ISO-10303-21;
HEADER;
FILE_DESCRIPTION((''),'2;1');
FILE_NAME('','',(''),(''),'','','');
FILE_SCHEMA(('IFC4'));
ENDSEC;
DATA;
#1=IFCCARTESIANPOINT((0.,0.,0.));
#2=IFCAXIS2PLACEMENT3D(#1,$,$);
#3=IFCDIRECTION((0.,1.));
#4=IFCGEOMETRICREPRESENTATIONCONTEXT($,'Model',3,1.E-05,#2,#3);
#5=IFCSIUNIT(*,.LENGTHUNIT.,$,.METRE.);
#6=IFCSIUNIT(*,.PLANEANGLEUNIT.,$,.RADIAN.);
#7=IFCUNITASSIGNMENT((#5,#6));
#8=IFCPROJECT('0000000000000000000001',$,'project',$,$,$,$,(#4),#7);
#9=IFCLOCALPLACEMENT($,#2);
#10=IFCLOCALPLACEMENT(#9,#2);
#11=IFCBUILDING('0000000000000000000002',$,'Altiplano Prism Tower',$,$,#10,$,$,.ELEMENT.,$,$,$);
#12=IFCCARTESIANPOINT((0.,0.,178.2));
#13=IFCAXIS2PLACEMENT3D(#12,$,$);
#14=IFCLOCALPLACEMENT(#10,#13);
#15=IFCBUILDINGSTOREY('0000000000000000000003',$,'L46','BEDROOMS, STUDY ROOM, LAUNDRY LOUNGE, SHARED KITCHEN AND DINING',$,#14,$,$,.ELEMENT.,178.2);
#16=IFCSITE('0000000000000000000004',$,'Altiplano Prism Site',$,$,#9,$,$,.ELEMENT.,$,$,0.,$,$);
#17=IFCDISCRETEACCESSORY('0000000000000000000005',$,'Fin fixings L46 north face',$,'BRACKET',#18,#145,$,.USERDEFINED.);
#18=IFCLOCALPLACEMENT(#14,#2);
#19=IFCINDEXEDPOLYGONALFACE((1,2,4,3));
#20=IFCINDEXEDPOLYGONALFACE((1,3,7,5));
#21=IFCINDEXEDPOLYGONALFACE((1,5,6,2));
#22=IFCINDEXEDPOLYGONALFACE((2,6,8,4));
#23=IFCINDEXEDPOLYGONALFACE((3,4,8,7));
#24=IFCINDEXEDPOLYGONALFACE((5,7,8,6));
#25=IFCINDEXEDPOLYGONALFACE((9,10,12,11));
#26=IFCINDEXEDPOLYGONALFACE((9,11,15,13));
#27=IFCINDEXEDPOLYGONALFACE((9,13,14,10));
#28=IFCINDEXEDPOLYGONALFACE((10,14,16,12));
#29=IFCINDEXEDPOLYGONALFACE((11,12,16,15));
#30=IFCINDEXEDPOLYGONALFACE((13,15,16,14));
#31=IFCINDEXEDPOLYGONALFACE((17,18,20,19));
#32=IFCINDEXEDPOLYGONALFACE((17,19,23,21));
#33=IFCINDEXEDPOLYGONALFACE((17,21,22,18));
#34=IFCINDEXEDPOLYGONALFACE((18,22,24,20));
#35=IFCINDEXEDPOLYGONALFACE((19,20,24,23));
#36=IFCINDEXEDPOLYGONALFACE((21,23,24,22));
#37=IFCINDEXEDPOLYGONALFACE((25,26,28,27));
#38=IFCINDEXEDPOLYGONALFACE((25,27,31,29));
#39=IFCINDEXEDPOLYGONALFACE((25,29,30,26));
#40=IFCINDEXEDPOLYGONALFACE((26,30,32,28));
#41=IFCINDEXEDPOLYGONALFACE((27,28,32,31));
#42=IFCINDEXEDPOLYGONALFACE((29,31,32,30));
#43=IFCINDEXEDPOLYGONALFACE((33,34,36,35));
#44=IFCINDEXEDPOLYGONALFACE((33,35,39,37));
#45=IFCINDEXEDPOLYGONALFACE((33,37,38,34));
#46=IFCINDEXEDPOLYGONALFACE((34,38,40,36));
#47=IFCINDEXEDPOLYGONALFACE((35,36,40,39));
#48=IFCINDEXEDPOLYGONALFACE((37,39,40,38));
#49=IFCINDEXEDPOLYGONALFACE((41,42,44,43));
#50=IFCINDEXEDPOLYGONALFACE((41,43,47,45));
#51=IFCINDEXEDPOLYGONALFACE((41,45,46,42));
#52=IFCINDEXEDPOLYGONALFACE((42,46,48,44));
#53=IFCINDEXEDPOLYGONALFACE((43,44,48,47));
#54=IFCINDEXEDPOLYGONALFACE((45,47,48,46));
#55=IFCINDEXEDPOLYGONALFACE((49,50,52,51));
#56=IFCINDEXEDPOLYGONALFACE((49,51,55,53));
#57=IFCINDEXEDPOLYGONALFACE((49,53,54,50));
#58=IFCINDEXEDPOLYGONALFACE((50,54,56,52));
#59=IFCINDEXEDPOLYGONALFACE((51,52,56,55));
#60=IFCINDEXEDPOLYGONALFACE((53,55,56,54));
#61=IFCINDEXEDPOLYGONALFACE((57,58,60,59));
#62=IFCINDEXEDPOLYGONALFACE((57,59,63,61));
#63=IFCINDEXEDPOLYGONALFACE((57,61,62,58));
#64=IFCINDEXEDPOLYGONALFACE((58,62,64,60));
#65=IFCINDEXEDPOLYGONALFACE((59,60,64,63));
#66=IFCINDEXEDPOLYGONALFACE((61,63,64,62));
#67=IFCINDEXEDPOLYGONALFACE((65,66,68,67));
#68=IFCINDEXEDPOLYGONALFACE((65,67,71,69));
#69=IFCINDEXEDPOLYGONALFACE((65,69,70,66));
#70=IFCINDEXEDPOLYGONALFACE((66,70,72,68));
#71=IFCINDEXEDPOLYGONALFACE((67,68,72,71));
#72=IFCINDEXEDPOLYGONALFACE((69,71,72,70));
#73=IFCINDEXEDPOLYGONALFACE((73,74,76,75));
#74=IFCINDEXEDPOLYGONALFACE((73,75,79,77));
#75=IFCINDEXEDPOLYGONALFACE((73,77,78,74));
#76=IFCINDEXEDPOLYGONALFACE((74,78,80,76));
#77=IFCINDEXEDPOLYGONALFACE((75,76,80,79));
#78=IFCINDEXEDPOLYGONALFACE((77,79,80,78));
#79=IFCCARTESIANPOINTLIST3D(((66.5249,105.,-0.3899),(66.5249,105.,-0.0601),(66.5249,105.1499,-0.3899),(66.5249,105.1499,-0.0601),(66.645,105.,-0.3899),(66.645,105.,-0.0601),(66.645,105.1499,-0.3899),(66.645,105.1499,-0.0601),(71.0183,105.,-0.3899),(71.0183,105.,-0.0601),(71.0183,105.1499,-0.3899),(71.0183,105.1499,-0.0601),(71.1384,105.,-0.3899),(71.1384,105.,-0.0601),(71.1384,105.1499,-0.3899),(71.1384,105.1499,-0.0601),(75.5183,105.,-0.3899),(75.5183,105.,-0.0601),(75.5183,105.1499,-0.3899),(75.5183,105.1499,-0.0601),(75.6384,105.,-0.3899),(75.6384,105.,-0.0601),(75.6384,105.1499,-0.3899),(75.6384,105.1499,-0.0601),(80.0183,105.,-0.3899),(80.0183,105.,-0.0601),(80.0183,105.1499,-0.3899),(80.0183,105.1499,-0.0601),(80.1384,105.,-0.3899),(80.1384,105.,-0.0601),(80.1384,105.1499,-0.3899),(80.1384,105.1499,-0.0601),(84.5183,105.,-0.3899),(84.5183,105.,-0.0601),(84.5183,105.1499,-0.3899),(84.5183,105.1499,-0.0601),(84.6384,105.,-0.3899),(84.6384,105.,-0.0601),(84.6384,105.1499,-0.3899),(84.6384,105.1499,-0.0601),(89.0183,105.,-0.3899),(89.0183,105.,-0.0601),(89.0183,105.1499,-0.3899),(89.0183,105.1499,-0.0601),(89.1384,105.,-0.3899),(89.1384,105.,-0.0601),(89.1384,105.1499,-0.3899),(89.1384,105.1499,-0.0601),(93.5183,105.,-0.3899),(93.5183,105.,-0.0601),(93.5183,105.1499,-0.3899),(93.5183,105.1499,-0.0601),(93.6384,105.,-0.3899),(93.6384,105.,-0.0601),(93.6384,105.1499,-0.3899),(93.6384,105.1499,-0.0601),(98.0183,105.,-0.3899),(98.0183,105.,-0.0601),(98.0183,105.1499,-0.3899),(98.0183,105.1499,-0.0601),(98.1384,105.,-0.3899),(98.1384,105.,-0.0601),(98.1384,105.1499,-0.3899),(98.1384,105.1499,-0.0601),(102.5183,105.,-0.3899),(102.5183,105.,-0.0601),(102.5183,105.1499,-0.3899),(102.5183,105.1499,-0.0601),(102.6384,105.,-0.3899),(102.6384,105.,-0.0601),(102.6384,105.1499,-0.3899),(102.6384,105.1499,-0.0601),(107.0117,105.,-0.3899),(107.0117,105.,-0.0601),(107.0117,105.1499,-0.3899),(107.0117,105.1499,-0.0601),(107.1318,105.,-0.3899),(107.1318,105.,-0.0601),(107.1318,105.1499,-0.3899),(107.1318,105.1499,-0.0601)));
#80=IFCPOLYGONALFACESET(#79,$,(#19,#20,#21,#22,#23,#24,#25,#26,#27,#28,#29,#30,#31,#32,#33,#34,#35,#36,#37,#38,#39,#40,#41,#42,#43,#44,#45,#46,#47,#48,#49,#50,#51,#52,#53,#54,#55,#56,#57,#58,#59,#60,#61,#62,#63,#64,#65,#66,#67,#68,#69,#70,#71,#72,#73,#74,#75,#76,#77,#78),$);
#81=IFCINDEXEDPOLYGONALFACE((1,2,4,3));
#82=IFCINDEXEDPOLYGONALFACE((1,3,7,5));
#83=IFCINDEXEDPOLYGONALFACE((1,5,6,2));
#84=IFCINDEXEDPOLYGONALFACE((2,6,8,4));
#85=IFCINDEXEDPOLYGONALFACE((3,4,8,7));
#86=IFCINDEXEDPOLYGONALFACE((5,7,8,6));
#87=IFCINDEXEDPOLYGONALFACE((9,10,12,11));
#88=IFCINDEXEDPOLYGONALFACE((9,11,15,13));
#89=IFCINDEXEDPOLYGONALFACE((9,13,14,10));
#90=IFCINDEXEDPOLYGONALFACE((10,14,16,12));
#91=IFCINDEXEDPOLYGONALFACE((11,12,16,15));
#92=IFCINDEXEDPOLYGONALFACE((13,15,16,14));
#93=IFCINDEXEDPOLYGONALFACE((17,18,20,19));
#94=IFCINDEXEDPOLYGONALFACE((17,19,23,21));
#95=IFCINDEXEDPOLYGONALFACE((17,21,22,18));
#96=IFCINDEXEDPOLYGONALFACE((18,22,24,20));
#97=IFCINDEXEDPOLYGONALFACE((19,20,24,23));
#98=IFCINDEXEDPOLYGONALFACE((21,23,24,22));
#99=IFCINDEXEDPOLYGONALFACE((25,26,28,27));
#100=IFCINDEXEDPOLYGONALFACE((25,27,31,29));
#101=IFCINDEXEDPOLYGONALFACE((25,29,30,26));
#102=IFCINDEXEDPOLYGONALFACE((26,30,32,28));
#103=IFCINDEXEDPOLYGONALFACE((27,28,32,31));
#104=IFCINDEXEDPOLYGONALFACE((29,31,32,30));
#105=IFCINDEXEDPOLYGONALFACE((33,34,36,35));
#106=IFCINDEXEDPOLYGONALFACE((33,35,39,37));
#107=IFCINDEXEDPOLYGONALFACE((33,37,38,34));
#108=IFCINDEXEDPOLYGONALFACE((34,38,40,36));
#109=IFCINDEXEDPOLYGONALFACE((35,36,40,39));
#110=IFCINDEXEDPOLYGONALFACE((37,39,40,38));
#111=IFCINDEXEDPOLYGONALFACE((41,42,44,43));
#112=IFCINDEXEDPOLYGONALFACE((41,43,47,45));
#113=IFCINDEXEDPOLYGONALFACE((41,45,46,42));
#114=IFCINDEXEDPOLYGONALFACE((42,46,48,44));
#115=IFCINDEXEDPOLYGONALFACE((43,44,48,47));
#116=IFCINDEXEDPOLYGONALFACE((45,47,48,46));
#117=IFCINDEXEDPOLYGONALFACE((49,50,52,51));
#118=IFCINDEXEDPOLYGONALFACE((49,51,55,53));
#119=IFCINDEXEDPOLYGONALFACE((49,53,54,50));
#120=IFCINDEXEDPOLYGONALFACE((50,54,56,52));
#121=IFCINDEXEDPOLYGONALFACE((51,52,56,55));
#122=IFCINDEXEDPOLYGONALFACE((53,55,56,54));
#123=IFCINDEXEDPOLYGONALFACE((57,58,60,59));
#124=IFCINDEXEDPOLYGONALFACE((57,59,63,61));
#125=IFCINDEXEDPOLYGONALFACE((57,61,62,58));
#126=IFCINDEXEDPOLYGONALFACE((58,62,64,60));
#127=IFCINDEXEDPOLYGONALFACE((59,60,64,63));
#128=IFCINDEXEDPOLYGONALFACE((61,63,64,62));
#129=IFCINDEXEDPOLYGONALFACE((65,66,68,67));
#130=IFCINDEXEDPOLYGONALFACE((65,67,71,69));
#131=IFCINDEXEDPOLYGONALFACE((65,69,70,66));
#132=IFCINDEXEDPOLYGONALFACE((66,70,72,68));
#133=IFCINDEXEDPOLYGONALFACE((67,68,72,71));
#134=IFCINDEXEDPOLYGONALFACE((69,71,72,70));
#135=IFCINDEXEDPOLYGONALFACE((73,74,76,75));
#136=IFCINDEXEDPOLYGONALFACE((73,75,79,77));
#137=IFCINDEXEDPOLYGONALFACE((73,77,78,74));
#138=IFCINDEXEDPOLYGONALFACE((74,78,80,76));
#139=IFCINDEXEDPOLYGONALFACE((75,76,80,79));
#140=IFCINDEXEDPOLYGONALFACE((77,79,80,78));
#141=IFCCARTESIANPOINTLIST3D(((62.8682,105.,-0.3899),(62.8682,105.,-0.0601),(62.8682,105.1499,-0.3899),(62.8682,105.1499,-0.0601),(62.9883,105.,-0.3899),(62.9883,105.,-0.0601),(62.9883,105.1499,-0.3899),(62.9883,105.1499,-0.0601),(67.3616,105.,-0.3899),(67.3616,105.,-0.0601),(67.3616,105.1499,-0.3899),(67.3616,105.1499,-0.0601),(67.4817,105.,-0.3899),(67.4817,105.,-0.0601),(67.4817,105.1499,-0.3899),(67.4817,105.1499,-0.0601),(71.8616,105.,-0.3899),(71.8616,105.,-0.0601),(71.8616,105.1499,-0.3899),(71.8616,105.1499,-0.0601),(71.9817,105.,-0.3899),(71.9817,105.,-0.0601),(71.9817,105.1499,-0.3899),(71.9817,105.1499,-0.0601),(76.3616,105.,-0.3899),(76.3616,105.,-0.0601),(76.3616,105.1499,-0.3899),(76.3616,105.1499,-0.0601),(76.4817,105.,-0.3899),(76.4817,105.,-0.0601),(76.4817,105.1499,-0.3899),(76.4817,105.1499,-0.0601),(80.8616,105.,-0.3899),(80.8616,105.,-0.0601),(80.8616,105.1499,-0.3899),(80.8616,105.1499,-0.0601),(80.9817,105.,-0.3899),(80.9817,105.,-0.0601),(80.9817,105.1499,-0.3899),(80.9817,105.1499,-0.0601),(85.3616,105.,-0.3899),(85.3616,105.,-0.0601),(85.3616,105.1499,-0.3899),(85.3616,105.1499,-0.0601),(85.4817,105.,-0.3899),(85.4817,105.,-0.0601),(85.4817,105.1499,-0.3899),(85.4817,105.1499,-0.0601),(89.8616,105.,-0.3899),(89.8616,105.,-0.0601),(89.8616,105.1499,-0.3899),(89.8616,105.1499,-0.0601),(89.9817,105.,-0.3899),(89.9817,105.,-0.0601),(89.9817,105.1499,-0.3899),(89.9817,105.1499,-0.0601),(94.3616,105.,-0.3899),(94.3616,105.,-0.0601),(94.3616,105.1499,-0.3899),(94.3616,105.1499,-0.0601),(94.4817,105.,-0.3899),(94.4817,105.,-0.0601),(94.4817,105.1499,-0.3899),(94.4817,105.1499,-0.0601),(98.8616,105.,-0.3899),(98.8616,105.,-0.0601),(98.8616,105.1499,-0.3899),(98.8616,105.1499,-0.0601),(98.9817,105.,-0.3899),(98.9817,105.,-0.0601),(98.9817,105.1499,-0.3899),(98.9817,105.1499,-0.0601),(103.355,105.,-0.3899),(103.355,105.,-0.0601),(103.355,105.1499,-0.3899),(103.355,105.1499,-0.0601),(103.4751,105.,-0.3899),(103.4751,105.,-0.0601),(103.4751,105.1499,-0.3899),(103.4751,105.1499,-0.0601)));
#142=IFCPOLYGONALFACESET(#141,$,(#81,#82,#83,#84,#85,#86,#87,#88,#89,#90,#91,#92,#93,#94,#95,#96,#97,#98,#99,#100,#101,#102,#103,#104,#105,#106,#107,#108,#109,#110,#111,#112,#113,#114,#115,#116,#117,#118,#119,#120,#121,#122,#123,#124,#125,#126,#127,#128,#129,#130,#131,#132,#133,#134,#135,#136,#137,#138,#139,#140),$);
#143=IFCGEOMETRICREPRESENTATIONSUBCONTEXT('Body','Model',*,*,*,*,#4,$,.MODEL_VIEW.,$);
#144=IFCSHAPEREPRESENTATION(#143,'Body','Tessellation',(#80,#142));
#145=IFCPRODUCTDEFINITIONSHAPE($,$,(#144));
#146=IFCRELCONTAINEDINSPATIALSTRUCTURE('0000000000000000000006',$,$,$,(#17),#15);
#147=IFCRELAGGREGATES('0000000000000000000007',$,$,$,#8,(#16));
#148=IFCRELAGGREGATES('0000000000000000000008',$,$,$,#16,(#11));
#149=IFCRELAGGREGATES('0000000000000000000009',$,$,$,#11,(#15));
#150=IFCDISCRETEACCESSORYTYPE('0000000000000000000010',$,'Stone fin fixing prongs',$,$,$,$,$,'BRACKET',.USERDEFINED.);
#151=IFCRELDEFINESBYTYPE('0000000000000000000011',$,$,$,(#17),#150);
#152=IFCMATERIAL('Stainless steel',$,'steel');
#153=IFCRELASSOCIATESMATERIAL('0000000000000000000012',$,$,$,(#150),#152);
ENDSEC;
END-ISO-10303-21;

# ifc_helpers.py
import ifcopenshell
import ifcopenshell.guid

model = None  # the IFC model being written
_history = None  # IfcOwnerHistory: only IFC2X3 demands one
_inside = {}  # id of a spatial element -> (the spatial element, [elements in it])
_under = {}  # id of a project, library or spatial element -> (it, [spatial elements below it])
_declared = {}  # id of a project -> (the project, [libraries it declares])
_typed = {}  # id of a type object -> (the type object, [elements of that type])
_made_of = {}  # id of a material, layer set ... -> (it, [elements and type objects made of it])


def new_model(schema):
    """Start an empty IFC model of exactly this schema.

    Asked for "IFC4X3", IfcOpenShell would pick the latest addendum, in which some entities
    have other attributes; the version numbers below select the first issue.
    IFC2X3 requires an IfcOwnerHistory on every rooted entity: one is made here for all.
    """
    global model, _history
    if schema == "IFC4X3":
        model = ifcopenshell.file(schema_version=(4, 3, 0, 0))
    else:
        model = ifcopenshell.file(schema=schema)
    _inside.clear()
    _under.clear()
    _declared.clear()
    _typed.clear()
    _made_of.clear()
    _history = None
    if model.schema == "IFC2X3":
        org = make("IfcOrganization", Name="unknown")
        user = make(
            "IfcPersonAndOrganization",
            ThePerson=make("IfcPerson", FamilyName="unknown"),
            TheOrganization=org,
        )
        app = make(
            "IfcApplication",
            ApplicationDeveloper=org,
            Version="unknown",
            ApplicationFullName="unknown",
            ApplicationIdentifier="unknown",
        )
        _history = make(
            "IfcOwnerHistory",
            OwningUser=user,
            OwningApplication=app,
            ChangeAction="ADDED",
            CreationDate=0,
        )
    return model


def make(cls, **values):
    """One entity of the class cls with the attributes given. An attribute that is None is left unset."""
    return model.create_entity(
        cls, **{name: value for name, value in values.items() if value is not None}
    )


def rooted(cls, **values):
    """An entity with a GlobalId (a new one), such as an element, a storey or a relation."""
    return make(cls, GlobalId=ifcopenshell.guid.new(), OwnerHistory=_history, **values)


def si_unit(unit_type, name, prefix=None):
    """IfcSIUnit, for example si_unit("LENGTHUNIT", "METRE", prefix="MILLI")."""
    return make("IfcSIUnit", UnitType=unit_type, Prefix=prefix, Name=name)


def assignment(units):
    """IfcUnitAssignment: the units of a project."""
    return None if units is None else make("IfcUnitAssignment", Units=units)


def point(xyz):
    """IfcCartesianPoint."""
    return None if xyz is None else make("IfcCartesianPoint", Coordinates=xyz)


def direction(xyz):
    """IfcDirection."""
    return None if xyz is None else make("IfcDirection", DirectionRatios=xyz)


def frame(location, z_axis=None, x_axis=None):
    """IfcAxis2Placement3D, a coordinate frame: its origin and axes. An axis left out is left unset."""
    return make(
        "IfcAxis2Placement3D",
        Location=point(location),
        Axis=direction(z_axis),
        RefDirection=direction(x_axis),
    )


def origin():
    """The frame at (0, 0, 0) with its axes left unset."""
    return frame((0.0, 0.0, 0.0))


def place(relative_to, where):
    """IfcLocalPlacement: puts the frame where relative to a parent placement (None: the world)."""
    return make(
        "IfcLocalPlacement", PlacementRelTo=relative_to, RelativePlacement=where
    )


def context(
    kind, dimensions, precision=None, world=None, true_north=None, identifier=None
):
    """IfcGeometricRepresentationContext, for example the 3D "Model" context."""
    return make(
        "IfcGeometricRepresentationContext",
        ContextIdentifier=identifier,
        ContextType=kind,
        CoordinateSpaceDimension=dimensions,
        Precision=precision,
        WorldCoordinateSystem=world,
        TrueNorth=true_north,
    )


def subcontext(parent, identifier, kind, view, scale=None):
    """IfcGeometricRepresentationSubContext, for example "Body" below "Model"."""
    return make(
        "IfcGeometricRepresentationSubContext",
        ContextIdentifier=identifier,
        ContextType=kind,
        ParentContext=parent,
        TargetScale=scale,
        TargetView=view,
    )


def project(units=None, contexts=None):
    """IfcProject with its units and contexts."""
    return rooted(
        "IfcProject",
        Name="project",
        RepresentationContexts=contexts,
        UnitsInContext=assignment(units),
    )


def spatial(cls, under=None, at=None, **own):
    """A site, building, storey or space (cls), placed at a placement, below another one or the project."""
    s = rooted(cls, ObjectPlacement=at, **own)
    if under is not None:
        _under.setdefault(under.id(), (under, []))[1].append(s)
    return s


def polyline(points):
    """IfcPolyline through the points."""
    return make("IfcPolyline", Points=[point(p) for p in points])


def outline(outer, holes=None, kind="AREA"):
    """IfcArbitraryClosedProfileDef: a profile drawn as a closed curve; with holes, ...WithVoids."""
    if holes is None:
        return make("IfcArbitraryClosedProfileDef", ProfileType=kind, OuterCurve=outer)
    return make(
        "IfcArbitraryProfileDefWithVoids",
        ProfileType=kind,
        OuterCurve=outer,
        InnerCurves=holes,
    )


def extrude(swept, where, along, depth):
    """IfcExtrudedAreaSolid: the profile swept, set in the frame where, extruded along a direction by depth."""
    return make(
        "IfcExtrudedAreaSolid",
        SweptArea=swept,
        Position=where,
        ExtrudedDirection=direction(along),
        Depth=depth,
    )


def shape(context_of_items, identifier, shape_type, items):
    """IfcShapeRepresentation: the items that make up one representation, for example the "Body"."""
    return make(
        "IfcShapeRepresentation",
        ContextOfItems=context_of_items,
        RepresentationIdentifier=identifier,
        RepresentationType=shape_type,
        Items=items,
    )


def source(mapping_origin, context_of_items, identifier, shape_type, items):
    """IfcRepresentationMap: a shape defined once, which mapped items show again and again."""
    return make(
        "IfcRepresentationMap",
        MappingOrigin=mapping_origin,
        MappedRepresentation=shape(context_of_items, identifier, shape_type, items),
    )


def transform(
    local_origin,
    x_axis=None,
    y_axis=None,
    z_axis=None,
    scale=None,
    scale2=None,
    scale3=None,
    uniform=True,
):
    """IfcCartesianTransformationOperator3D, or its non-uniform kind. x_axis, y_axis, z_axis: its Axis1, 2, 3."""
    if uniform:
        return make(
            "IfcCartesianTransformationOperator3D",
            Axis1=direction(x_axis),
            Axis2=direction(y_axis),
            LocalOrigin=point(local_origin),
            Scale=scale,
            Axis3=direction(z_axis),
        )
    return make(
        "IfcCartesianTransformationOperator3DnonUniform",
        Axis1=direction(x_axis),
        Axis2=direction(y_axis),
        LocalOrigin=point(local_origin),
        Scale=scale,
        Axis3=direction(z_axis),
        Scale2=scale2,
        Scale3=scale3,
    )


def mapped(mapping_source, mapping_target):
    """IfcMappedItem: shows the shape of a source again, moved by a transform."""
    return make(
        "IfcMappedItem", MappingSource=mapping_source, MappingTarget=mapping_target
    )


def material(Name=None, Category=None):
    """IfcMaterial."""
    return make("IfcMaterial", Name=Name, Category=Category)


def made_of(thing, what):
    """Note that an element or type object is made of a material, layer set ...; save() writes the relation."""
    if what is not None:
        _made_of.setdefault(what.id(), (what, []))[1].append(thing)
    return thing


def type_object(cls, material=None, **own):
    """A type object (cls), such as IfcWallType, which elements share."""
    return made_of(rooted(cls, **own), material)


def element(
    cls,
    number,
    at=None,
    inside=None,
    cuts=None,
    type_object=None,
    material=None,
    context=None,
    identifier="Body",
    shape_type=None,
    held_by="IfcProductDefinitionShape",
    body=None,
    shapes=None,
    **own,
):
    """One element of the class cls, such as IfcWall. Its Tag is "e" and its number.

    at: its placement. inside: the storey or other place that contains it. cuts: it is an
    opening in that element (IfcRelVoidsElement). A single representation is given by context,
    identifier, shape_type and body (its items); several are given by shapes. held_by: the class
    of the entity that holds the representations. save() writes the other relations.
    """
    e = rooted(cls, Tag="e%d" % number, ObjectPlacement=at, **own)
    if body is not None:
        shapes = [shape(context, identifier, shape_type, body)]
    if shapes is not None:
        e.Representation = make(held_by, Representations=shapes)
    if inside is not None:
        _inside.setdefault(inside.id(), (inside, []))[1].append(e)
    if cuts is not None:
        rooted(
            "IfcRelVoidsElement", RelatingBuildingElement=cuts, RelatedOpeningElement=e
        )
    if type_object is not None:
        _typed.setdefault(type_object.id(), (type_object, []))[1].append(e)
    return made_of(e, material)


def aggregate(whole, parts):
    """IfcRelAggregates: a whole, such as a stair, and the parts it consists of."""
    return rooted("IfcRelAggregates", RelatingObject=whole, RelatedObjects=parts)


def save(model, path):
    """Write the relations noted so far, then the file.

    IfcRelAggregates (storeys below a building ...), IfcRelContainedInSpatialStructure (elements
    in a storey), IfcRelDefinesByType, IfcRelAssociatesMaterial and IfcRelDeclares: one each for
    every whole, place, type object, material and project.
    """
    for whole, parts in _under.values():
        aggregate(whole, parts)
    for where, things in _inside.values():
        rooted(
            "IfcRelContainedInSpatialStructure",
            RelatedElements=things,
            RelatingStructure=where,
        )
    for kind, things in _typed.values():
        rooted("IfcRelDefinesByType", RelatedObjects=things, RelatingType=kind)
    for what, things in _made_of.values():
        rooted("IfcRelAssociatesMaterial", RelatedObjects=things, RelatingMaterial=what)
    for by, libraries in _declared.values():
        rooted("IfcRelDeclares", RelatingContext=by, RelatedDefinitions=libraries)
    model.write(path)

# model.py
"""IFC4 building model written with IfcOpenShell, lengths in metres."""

from ifc_helpers import new_model, si_unit, direction, frame, origin, place, context, subcontext, project, spatial, polyline, outline, extrude, source, transform, mapped, material, type_object, element, save


model = new_model("IFC4")

# Units and contexts
model_context = context("Model", 3, precision=1e-05, world=origin(), true_north=direction((0.0, 1.0)))
body_context = subcontext(model_context, "Body", "Model", "MODEL_VIEW")
ifc_project = project(units=[si_unit("LENGTHUNIT", "METRE"), si_unit("PLANEANGLEUNIT", "RADIAN")], contexts=[model_context])

# Site, building, storey
site_placement = place(None, origin())
site = spatial("IfcSite", under=ifc_project, at=site_placement, Name="Altiplano Prism Site", CompositionType="ELEMENT", RefElevation=0.0)
building_placement = place(site_placement, origin())
building = spatial("IfcBuilding", under=site, at=building_placement, Name="Altiplano Prism Tower", CompositionType="ELEMENT")
storey_placement = place(building_placement, frame((0.0, 0.0, 178.2)))
storey = spatial("IfcBuildingStorey", under=building, at=storey_placement, Name="L46", Description="BEDROOMS, STUDY ROOM, LAUNDRY LOUNGE, SHARED KITCHEN AND DINING", CompositionType="ELEMENT", Elevation=178.2)

# Discrete accessory
ifc_material_1 = material(Name="Stainless steel", Category="steel")
discrete_accessory_type = type_object("IfcDiscreteAccessoryType", Name="Stone fin fixing prongs", ElementType="BRACKET", PredefinedType="USERDEFINED", material=ifc_material_1)
shared_shape_1 = source(origin(), body_context, "Body", "SweptSolid", [
    extrude(outline(polyline([(-1.8884, 0.0601), (-1.7683, 0.0601), (-1.7683, 0.3899), (-1.8884, 0.3899), (-1.8884, 0.0601)])), frame((0.0, 0.0, 0.0), z_axis=(0.0, -1.0, 0.0), x_axis=(1.0, 0.0, 0.0)), (0.0, 0.0, 1.0), 0.1499),
    extrude(outline(polyline([(1.7683, 0.0601), (1.8884, 0.0601), (1.8884, 0.3899), (1.7683, 0.3899), (1.7683, 0.0601)])), frame((0.0, 0.0, 0.0), z_axis=(0.0, -1.0, 0.0), x_axis=(1.0, 0.0, 0.0)), (0.0, 0.0, 1.0), 0.1499),
])
shared_shape_2 = source(origin(), body_context, "Body", "SweptSolid", [
    extrude(outline(polyline([(-1.8884, 0.0601), (-1.7683, 0.0601), (-1.7683, 0.3899), (-1.8884, 0.3899), (-1.8884, 0.0601)])), frame((0.0, 0.0, 0.0), z_axis=(0.0, -1.0, 0.0), x_axis=(1.0, 0.0, 0.0)), (0.0, 0.0, 1.0), 0.1499),
    extrude(outline(polyline([(1.7683, 0.0601), (1.8884, 0.0601), (1.8884, 0.3899), (1.7683, 0.3899), (1.7683, 0.0601)])), frame((0.0, 0.0, 0.0), z_axis=(0.0, -1.0, 0.0), x_axis=(1.0, 0.0, 0.0)), (0.0, 0.0, 1.0), 0.1499),
])
discrete_accessory_1_placement = place(storey_placement, origin())
element("IfcDiscreteAccessory", 1, at=discrete_accessory_1_placement, inside=storey, type_object=discrete_accessory_type, Name="Fin fixings L46 north face", ObjectType="BRACKET", PredefinedType="USERDEFINED", context=body_context, shape_type="MappedRepresentation", body=[
    mapped(shared_shape_1, transform((105.2434, 105.0, -0.45), x_axis=(-1.0, 0.0, 0.0), y_axis=(0.0, -1.0, 0.0), z_axis=(0.0, 0.0, 1.0))),
    mapped(shared_shape_2, transform((100.75, 105.0, -0.45), x_axis=(-1.0, 0.0, 0.0), y_axis=(0.0, -1.0, 0.0), z_axis=(0.0, 0.0, 1.0))),
    mapped(shared_shape_2, transform((96.25, 105.0, -0.45), x_axis=(-1.0, 0.0, 0.0), y_axis=(0.0, -1.0, 0.0), z_axis=(0.0, 0.0, 1.0))),
    mapped(shared_shape_2, transform((91.75, 105.0, -0.45), x_axis=(-1.0, 0.0, 0.0), y_axis=(0.0, -1.0, 0.0), z_axis=(0.0, 0.0, 1.0))),
    mapped(shared_shape_2, transform((87.25, 105.0, -0.45), x_axis=(-1.0, 0.0, 0.0), y_axis=(0.0, -1.0, 0.0), z_axis=(0.0, 0.0, 1.0))),
    mapped(shared_shape_2, transform((82.75, 105.0, -0.45), x_axis=(-1.0, 0.0, 0.0), y_axis=(0.0, -1.0, 0.0), z_axis=(0.0, 0.0, 1.0))),
    mapped(shared_shape_2, transform((78.25, 105.0, -0.45), x_axis=(-1.0, 0.0, 0.0), y_axis=(0.0, -1.0, 0.0), z_axis=(0.0, 0.0, 1.0))),
    mapped(shared_shape_2, transform((73.75, 105.0, -0.45), x_axis=(-1.0, 0.0, 0.0), y_axis=(0.0, -1.0, 0.0), z_axis=(0.0, 0.0, 1.0))),
    mapped(shared_shape_2, transform((69.25, 105.0, -0.45), x_axis=(-1.0, 0.0, 0.0), y_axis=(0.0, -1.0, 0.0), z_axis=(0.0, 0.0, 1.0))),
    mapped(shared_shape_1, transform((64.7566, 105.0, -0.45), x_axis=(-1.0, 0.0, 0.0), y_axis=(0.0, -1.0, 0.0), z_axis=(0.0, 0.0, 1.0))),
])

save(model, "model.ifc")
